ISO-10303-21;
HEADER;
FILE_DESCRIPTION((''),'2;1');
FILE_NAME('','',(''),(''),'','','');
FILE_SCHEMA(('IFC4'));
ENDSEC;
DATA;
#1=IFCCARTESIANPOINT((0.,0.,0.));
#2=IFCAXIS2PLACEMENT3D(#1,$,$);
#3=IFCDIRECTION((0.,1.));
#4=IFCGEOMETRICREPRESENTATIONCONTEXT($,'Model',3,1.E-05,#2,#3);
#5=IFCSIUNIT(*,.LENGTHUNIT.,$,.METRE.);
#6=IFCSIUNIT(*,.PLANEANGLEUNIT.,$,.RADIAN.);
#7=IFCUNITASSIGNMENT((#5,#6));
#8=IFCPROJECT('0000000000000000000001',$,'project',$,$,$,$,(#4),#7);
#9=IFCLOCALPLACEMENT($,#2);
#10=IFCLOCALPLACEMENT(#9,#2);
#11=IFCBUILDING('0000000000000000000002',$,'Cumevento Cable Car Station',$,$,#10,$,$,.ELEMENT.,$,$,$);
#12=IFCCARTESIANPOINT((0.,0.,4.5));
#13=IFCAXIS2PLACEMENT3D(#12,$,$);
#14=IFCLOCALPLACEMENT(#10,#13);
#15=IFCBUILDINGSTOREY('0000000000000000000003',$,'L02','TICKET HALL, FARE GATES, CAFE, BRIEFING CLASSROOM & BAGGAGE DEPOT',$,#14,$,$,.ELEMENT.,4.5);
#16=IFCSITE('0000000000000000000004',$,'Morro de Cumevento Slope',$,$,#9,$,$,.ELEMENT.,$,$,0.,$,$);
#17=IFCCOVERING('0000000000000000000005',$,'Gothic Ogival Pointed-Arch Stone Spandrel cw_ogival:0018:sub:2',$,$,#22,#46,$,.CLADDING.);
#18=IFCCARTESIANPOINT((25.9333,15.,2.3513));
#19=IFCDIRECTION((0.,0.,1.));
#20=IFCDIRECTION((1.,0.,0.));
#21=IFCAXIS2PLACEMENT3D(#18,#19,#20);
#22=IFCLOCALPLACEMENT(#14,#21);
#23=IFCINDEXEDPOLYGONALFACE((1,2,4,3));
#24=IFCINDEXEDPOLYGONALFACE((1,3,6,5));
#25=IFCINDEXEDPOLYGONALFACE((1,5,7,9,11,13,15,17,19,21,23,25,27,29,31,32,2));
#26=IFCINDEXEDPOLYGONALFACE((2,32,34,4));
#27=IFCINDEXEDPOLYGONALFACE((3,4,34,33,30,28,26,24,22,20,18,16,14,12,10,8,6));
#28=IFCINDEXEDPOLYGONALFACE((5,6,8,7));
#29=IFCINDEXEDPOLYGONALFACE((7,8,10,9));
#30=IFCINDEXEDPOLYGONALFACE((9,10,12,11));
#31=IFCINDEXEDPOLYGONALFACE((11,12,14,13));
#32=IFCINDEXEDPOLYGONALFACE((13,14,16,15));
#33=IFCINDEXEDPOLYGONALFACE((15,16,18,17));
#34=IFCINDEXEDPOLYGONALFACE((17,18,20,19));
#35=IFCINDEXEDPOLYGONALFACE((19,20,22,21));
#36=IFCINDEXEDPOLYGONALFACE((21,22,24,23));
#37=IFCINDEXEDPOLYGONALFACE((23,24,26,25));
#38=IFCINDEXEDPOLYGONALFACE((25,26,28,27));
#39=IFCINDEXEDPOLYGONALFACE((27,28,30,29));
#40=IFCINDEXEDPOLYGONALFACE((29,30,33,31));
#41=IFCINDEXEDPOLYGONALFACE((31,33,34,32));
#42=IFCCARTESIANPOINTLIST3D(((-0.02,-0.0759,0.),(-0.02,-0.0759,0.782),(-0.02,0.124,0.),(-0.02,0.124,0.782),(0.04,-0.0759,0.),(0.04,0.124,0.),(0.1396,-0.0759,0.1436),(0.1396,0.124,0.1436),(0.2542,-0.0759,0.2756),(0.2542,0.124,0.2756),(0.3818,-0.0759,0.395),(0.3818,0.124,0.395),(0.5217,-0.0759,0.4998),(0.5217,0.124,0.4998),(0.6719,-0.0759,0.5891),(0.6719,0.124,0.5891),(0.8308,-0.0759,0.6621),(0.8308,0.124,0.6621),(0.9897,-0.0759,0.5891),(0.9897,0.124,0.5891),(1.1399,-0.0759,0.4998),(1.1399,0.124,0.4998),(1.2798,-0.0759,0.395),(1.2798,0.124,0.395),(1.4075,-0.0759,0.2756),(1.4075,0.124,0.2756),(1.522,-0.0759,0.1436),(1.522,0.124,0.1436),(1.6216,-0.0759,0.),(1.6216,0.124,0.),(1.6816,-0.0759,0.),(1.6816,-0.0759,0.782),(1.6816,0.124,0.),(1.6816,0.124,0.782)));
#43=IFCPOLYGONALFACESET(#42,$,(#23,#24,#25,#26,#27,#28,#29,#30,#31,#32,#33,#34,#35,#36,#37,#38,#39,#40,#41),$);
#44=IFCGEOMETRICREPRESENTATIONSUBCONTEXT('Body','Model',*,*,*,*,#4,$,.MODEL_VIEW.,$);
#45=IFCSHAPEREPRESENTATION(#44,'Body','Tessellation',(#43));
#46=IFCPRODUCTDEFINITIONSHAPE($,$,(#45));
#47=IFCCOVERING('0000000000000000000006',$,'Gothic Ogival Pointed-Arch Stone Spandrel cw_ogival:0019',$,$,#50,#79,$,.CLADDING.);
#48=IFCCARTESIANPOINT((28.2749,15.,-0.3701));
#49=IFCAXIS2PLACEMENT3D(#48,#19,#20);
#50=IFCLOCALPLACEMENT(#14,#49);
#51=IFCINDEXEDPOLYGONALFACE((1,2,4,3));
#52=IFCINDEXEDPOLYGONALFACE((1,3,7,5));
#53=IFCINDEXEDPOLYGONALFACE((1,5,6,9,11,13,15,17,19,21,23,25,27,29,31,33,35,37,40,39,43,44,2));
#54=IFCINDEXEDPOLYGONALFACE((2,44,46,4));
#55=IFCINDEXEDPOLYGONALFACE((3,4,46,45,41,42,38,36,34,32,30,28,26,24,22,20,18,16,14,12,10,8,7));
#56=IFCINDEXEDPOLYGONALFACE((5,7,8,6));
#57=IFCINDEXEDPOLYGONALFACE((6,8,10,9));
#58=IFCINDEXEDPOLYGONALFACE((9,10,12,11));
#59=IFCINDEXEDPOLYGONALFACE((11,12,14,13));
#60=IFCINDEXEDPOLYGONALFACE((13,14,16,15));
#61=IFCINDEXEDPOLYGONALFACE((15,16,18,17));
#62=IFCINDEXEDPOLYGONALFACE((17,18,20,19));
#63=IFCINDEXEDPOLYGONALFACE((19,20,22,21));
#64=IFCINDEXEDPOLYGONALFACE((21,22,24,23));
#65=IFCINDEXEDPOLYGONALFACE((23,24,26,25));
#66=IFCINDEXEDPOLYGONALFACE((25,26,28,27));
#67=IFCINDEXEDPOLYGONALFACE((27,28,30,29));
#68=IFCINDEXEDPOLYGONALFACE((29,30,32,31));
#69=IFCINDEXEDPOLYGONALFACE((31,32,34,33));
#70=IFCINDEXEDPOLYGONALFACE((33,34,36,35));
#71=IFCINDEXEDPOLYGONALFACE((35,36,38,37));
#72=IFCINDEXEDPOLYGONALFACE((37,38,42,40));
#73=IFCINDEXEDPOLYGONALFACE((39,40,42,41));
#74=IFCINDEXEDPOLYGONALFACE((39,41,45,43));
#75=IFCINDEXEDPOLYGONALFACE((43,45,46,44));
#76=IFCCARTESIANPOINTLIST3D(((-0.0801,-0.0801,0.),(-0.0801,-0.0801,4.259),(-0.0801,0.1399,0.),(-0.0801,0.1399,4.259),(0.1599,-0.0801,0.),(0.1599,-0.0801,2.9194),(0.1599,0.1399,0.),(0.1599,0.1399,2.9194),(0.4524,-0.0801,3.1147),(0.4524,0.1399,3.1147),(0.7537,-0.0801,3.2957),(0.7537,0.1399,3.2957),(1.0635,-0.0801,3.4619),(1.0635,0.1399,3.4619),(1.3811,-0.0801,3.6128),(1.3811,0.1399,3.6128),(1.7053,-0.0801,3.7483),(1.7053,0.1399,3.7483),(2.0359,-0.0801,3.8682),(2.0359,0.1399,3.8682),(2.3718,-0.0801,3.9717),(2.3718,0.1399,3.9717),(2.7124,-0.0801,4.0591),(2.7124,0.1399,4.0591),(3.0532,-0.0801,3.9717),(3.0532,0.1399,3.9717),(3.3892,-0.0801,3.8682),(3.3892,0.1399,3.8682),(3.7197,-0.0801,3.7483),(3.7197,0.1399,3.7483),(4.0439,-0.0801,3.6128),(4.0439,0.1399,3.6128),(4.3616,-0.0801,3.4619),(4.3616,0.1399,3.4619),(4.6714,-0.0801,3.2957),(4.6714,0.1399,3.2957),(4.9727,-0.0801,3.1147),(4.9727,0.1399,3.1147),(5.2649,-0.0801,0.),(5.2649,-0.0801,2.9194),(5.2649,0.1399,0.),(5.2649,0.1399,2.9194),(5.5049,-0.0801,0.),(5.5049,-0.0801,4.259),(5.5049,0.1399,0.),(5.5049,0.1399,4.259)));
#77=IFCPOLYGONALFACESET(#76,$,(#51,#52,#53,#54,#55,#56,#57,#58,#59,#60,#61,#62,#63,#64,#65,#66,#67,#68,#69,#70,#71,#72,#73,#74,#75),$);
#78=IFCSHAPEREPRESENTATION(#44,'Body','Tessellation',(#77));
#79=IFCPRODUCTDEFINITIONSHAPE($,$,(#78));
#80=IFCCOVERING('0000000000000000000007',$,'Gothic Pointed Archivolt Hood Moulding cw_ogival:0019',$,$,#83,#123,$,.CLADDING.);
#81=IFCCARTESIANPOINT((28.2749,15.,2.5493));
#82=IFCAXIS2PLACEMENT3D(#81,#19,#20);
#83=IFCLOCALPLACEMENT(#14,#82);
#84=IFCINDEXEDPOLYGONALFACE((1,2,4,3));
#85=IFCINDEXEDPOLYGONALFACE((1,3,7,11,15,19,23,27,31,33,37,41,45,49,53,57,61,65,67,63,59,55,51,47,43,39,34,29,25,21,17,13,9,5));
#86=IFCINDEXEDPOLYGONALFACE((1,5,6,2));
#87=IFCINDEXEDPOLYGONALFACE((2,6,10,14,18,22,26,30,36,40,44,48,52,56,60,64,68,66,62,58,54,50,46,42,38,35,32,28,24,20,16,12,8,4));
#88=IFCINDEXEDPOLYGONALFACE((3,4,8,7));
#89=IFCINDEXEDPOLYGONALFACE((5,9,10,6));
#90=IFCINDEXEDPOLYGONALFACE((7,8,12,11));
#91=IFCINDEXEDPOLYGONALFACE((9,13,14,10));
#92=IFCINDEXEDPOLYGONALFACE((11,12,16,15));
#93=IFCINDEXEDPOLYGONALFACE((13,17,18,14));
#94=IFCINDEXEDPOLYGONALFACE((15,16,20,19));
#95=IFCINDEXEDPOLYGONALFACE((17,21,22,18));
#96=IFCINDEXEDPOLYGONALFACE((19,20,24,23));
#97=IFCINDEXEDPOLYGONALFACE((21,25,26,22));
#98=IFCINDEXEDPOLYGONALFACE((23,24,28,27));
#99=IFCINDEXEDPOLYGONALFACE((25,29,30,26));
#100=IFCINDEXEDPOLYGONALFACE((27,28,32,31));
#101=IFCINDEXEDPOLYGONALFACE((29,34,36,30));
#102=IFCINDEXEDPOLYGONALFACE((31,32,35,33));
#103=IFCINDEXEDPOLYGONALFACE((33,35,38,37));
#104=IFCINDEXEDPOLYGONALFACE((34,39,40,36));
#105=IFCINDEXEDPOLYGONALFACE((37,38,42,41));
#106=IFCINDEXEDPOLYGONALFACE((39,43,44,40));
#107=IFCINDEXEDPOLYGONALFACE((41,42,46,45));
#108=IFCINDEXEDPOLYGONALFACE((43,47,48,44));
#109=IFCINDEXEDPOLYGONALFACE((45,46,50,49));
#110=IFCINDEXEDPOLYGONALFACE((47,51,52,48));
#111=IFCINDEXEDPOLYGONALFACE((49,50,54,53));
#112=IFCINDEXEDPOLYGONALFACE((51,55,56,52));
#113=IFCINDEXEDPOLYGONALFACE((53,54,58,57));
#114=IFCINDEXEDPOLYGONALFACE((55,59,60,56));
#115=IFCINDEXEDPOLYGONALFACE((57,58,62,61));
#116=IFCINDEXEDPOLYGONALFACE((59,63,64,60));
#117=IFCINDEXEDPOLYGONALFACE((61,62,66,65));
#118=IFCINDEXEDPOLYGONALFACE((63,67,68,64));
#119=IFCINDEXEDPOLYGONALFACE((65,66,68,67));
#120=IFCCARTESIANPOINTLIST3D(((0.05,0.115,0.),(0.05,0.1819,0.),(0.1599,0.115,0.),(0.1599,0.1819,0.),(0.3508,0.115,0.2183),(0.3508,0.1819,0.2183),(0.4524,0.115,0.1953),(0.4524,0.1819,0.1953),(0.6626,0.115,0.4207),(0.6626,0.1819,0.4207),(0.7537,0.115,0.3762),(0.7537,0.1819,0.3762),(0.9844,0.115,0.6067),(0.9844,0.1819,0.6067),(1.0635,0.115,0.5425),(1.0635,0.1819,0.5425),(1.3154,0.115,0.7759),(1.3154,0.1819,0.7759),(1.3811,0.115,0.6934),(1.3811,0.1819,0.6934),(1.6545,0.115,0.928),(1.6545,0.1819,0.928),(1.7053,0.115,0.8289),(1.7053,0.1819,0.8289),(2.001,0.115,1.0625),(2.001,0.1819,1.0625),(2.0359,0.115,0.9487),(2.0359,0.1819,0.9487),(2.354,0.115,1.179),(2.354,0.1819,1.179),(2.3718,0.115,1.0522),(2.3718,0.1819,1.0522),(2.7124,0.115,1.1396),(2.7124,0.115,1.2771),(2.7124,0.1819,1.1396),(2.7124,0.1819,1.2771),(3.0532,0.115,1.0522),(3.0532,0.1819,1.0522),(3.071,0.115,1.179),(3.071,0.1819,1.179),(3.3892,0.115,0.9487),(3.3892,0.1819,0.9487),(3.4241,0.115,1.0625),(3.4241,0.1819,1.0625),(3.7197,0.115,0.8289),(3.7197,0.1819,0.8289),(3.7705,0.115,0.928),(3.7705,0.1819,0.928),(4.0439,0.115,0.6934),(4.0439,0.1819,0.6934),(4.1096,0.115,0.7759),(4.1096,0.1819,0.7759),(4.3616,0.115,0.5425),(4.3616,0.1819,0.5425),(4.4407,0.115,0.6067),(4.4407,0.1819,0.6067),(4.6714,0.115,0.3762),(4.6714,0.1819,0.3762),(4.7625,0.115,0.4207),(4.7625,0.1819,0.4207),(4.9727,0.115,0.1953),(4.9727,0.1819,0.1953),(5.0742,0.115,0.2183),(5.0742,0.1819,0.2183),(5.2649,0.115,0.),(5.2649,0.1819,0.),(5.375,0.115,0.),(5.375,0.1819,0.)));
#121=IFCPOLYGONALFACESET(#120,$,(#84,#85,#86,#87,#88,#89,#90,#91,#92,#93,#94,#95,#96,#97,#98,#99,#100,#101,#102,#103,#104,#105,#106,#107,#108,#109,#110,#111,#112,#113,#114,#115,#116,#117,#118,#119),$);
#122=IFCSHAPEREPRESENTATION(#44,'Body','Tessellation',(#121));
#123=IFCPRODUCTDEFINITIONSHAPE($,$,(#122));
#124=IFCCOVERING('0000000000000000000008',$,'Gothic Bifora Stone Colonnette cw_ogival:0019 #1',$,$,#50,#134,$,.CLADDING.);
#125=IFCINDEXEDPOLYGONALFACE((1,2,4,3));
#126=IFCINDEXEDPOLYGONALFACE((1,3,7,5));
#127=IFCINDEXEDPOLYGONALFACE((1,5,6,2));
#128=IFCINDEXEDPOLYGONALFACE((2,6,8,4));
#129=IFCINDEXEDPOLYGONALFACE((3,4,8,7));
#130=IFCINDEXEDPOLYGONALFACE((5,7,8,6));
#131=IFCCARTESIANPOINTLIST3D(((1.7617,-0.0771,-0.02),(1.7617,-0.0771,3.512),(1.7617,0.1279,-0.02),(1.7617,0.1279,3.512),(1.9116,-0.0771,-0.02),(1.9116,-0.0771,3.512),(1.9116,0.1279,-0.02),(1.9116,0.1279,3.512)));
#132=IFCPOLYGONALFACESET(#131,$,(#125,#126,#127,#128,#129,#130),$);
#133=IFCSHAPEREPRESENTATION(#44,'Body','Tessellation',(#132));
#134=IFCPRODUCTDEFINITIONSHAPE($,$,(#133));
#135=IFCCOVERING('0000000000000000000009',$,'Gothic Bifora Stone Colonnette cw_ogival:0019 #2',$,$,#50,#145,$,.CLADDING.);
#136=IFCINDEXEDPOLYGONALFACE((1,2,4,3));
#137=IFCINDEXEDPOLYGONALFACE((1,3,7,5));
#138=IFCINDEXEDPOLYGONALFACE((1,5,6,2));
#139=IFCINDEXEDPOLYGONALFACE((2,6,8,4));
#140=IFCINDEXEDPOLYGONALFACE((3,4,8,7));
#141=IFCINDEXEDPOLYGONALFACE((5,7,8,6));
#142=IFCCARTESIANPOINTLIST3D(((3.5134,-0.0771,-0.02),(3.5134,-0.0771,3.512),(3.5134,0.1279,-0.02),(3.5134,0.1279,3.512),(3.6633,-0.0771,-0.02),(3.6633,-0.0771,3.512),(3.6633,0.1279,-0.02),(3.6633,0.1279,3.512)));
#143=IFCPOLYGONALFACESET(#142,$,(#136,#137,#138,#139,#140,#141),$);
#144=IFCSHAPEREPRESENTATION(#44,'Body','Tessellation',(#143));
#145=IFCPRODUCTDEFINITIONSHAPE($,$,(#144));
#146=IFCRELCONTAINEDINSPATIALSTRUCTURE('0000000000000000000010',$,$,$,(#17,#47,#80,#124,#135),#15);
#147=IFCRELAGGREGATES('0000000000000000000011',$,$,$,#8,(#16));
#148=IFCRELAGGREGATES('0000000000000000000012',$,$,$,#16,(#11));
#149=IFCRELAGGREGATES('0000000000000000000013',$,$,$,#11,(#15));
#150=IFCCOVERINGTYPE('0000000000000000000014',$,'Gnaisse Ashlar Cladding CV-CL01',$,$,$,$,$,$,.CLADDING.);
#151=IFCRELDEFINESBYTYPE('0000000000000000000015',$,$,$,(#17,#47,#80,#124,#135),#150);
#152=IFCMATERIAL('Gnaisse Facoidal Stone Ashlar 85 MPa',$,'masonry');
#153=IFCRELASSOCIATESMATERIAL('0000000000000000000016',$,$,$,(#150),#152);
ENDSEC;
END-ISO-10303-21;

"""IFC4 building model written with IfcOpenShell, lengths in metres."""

from ifc_helpers import new_model, si_unit, direction, frame, origin, place, context, subcontext, project, spatial, polyline, outline, extrude, material, type_object, element, save


model = new_model("IFC4")

# Units and contexts
model_context = context("Model", 3, precision=1e-05, world=origin(), true_north=direction((0.0, 1.0)))
body_context = subcontext(model_context, "Body", "Model", "MODEL_VIEW")
ifc_project = project(units=[si_unit("LENGTHUNIT", "METRE"), si_unit("PLANEANGLEUNIT", "RADIAN")], contexts=[model_context])

# Site, building, storey
site_placement = place(None, origin())
site = spatial("IfcSite", under=ifc_project, at=site_placement, Name="Morro de Cumevento Slope", CompositionType="ELEMENT", RefElevation=0.0)
building_placement = place(site_placement, origin())
building = spatial("IfcBuilding", under=site, at=building_placement, Name="Cumevento Cable Car Station", CompositionType="ELEMENT")
storey_placement = place(building_placement, frame((0.0, 0.0, 4.5)))
storey = spatial("IfcBuildingStorey", under=building, at=storey_placement, Name="L02", Description="TICKET HALL, FARE GATES, CAFE, BRIEFING CLASSROOM & BAGGAGE DEPOT", CompositionType="ELEMENT", Elevation=4.5)

# Coverings
ifc_material_1 = material(Name="Gnaisse Facoidal Stone Ashlar 85 MPa", Category="masonry")
covering_type = type_object("IfcCoveringType", Name="Gnaisse Ashlar Cladding CV-CL01", PredefinedType="CLADDING", material=ifc_material_1)
covering_1_placement = place(storey_placement, frame((25.9333, 15.0, 2.3513), z_axis=(0.0, 0.0, 1.0), x_axis=(1.0, 0.0, 0.0)))
element("IfcCovering", 1, at=covering_1_placement, inside=storey, type_object=covering_type, Name="Gothic Ogival Pointed-Arch Stone Spandrel cw_ogival:0018:sub:2", PredefinedType="CLADDING", context=body_context, shape_type="SweptSolid", body=[
    extrude(outline(polyline([(-0.02, 0.0), (-0.02, 0.782), (1.6816, 0.782), (1.6816, 0.0), (1.6216, 0.0), (1.522, 0.1436), (1.4075, 0.2756), (1.2798, 0.395), (1.1399, 0.4998), (0.9897, 0.5891), (0.8308, 0.6621), (0.6719, 0.5891), (0.5217, 0.4998), (0.3818, 0.395), (0.2542, 0.2756), (0.1396, 0.1436), (0.04, 0.0), (-0.02, 0.0)])), frame((0.0, 0.124, 0.0), z_axis=(0.0, -1.0, 0.0), x_axis=(1.0, 0.0, 0.0)), (0.0, 0.0, 1.0), 0.2),
])
placement = place(storey_placement, frame((28.2749, 15.0, -0.3701), z_axis=(0.0, 0.0, 1.0), x_axis=(1.0, 0.0, 0.0)))
element("IfcCovering", 2, at=placement, inside=storey, type_object=covering_type, Name="Gothic Ogival Pointed-Arch Stone Spandrel cw_ogival:0019", PredefinedType="CLADDING", context=body_context, shape_type="SweptSolid", body=[
    extrude(outline(polyline([(-0.0801, 0.0), (-0.0801, 4.259), (5.5049, 4.259), (5.5049, 0.0), (5.2649, 0.0), (5.2649, 2.9194), (4.9727, 3.1147), (4.6714, 3.2957), (4.3616, 3.4619), (4.0439, 3.6128), (3.7197, 3.7483), (3.3892, 3.8682), (3.0532, 3.9717), (2.7124, 4.0591), (2.3718, 3.9717), (2.0359, 3.8682), (1.7053, 3.7483), (1.3811, 3.6128), (1.0635, 3.4619), (0.7537, 3.2957), (0.4524, 3.1147), (0.1599, 2.9194), (0.1599, 0.0), (-0.0801, 0.0)])), frame((0.0, 0.1399, 0.0), z_axis=(0.0, -1.0, 0.0), x_axis=(1.0, 0.0, 0.0)), (0.0, 0.0, 1.0), 0.22),
])
covering_2_placement = place(storey_placement, frame((28.2749, 15.0, 2.5493), z_axis=(0.0, 0.0, 1.0), x_axis=(1.0, 0.0, 0.0)))
element("IfcCovering", 3, at=covering_2_placement, inside=storey, type_object=covering_type, Name="Gothic Pointed Archivolt Hood Moulding cw_ogival:0019", PredefinedType="CLADDING", context=body_context, shape_type="SweptSolid", body=[
    extrude(outline(polyline([(0.1599, 0.0), (0.4524, 0.1953), (0.7537, 0.3762), (1.0635, 0.5425), (1.3811, 0.6934), (1.7053, 0.8289), (2.0359, 0.9487), (2.3718, 1.0522), (2.7124, 1.1396), (3.0532, 1.0522), (3.3892, 0.9487), (3.7197, 0.8289), (4.0439, 0.6934), (4.3616, 0.5425), (4.6714, 0.3762), (4.9727, 0.1953), (5.2649, 0.0), (5.375, 0.0), (5.0742, 0.2183), (4.7625, 0.4207), (4.4407, 0.6067), (4.1096, 0.7759), (3.7705, 0.928), (3.4241, 1.0625), (3.071, 1.179), (2.7124, 1.2771), (2.354, 1.179), (2.001, 1.0625), (1.6545, 0.928), (1.3154, 0.7759), (0.9844, 0.6067), (0.6626, 0.4207), (0.3508, 0.2183), (0.05, 0.0), (0.1599, 0.0)])), frame((0.0, 0.1819, 0.0), z_axis=(0.0, -1.0, 0.0), x_axis=(1.0, 0.0, 0.0)), (0.0, 0.0, 1.0), 0.0669),
])
element("IfcCovering", 4, at=placement, inside=storey, type_object=covering_type, Name="Gothic Bifora Stone Colonnette cw_ogival:0019 #1", PredefinedType="CLADDING", context=body_context, shape_type="SweptSolid", body=[
    extrude(outline(polyline([(1.7617, -0.02), (1.9116, -0.02), (1.9116, 3.512), (1.7617, 3.512), (1.7617, -0.02)])), frame((0.0, 0.1279, 0.0), z_axis=(0.0, -1.0, 0.0), x_axis=(1.0, 0.0, 0.0)), (0.0, 0.0, 1.0), 0.2051),
])
element("IfcCovering", 5, at=placement, inside=storey, type_object=covering_type, Name="Gothic Bifora Stone Colonnette cw_ogival:0019 #2", PredefinedType="CLADDING", context=body_context, shape_type="SweptSolid", body=[
    extrude(outline(polyline([(3.5134, -0.02), (3.6633, -0.02), (3.6633, 3.512), (3.5134, 3.512), (3.5134, -0.02)])), frame((0.0, 0.1279, 0.0), z_axis=(0.0, -1.0, 0.0), x_axis=(1.0, 0.0, 0.0)), (0.0, 0.0, 1.0), 0.2051),
])

save(model, "model.ifc")
